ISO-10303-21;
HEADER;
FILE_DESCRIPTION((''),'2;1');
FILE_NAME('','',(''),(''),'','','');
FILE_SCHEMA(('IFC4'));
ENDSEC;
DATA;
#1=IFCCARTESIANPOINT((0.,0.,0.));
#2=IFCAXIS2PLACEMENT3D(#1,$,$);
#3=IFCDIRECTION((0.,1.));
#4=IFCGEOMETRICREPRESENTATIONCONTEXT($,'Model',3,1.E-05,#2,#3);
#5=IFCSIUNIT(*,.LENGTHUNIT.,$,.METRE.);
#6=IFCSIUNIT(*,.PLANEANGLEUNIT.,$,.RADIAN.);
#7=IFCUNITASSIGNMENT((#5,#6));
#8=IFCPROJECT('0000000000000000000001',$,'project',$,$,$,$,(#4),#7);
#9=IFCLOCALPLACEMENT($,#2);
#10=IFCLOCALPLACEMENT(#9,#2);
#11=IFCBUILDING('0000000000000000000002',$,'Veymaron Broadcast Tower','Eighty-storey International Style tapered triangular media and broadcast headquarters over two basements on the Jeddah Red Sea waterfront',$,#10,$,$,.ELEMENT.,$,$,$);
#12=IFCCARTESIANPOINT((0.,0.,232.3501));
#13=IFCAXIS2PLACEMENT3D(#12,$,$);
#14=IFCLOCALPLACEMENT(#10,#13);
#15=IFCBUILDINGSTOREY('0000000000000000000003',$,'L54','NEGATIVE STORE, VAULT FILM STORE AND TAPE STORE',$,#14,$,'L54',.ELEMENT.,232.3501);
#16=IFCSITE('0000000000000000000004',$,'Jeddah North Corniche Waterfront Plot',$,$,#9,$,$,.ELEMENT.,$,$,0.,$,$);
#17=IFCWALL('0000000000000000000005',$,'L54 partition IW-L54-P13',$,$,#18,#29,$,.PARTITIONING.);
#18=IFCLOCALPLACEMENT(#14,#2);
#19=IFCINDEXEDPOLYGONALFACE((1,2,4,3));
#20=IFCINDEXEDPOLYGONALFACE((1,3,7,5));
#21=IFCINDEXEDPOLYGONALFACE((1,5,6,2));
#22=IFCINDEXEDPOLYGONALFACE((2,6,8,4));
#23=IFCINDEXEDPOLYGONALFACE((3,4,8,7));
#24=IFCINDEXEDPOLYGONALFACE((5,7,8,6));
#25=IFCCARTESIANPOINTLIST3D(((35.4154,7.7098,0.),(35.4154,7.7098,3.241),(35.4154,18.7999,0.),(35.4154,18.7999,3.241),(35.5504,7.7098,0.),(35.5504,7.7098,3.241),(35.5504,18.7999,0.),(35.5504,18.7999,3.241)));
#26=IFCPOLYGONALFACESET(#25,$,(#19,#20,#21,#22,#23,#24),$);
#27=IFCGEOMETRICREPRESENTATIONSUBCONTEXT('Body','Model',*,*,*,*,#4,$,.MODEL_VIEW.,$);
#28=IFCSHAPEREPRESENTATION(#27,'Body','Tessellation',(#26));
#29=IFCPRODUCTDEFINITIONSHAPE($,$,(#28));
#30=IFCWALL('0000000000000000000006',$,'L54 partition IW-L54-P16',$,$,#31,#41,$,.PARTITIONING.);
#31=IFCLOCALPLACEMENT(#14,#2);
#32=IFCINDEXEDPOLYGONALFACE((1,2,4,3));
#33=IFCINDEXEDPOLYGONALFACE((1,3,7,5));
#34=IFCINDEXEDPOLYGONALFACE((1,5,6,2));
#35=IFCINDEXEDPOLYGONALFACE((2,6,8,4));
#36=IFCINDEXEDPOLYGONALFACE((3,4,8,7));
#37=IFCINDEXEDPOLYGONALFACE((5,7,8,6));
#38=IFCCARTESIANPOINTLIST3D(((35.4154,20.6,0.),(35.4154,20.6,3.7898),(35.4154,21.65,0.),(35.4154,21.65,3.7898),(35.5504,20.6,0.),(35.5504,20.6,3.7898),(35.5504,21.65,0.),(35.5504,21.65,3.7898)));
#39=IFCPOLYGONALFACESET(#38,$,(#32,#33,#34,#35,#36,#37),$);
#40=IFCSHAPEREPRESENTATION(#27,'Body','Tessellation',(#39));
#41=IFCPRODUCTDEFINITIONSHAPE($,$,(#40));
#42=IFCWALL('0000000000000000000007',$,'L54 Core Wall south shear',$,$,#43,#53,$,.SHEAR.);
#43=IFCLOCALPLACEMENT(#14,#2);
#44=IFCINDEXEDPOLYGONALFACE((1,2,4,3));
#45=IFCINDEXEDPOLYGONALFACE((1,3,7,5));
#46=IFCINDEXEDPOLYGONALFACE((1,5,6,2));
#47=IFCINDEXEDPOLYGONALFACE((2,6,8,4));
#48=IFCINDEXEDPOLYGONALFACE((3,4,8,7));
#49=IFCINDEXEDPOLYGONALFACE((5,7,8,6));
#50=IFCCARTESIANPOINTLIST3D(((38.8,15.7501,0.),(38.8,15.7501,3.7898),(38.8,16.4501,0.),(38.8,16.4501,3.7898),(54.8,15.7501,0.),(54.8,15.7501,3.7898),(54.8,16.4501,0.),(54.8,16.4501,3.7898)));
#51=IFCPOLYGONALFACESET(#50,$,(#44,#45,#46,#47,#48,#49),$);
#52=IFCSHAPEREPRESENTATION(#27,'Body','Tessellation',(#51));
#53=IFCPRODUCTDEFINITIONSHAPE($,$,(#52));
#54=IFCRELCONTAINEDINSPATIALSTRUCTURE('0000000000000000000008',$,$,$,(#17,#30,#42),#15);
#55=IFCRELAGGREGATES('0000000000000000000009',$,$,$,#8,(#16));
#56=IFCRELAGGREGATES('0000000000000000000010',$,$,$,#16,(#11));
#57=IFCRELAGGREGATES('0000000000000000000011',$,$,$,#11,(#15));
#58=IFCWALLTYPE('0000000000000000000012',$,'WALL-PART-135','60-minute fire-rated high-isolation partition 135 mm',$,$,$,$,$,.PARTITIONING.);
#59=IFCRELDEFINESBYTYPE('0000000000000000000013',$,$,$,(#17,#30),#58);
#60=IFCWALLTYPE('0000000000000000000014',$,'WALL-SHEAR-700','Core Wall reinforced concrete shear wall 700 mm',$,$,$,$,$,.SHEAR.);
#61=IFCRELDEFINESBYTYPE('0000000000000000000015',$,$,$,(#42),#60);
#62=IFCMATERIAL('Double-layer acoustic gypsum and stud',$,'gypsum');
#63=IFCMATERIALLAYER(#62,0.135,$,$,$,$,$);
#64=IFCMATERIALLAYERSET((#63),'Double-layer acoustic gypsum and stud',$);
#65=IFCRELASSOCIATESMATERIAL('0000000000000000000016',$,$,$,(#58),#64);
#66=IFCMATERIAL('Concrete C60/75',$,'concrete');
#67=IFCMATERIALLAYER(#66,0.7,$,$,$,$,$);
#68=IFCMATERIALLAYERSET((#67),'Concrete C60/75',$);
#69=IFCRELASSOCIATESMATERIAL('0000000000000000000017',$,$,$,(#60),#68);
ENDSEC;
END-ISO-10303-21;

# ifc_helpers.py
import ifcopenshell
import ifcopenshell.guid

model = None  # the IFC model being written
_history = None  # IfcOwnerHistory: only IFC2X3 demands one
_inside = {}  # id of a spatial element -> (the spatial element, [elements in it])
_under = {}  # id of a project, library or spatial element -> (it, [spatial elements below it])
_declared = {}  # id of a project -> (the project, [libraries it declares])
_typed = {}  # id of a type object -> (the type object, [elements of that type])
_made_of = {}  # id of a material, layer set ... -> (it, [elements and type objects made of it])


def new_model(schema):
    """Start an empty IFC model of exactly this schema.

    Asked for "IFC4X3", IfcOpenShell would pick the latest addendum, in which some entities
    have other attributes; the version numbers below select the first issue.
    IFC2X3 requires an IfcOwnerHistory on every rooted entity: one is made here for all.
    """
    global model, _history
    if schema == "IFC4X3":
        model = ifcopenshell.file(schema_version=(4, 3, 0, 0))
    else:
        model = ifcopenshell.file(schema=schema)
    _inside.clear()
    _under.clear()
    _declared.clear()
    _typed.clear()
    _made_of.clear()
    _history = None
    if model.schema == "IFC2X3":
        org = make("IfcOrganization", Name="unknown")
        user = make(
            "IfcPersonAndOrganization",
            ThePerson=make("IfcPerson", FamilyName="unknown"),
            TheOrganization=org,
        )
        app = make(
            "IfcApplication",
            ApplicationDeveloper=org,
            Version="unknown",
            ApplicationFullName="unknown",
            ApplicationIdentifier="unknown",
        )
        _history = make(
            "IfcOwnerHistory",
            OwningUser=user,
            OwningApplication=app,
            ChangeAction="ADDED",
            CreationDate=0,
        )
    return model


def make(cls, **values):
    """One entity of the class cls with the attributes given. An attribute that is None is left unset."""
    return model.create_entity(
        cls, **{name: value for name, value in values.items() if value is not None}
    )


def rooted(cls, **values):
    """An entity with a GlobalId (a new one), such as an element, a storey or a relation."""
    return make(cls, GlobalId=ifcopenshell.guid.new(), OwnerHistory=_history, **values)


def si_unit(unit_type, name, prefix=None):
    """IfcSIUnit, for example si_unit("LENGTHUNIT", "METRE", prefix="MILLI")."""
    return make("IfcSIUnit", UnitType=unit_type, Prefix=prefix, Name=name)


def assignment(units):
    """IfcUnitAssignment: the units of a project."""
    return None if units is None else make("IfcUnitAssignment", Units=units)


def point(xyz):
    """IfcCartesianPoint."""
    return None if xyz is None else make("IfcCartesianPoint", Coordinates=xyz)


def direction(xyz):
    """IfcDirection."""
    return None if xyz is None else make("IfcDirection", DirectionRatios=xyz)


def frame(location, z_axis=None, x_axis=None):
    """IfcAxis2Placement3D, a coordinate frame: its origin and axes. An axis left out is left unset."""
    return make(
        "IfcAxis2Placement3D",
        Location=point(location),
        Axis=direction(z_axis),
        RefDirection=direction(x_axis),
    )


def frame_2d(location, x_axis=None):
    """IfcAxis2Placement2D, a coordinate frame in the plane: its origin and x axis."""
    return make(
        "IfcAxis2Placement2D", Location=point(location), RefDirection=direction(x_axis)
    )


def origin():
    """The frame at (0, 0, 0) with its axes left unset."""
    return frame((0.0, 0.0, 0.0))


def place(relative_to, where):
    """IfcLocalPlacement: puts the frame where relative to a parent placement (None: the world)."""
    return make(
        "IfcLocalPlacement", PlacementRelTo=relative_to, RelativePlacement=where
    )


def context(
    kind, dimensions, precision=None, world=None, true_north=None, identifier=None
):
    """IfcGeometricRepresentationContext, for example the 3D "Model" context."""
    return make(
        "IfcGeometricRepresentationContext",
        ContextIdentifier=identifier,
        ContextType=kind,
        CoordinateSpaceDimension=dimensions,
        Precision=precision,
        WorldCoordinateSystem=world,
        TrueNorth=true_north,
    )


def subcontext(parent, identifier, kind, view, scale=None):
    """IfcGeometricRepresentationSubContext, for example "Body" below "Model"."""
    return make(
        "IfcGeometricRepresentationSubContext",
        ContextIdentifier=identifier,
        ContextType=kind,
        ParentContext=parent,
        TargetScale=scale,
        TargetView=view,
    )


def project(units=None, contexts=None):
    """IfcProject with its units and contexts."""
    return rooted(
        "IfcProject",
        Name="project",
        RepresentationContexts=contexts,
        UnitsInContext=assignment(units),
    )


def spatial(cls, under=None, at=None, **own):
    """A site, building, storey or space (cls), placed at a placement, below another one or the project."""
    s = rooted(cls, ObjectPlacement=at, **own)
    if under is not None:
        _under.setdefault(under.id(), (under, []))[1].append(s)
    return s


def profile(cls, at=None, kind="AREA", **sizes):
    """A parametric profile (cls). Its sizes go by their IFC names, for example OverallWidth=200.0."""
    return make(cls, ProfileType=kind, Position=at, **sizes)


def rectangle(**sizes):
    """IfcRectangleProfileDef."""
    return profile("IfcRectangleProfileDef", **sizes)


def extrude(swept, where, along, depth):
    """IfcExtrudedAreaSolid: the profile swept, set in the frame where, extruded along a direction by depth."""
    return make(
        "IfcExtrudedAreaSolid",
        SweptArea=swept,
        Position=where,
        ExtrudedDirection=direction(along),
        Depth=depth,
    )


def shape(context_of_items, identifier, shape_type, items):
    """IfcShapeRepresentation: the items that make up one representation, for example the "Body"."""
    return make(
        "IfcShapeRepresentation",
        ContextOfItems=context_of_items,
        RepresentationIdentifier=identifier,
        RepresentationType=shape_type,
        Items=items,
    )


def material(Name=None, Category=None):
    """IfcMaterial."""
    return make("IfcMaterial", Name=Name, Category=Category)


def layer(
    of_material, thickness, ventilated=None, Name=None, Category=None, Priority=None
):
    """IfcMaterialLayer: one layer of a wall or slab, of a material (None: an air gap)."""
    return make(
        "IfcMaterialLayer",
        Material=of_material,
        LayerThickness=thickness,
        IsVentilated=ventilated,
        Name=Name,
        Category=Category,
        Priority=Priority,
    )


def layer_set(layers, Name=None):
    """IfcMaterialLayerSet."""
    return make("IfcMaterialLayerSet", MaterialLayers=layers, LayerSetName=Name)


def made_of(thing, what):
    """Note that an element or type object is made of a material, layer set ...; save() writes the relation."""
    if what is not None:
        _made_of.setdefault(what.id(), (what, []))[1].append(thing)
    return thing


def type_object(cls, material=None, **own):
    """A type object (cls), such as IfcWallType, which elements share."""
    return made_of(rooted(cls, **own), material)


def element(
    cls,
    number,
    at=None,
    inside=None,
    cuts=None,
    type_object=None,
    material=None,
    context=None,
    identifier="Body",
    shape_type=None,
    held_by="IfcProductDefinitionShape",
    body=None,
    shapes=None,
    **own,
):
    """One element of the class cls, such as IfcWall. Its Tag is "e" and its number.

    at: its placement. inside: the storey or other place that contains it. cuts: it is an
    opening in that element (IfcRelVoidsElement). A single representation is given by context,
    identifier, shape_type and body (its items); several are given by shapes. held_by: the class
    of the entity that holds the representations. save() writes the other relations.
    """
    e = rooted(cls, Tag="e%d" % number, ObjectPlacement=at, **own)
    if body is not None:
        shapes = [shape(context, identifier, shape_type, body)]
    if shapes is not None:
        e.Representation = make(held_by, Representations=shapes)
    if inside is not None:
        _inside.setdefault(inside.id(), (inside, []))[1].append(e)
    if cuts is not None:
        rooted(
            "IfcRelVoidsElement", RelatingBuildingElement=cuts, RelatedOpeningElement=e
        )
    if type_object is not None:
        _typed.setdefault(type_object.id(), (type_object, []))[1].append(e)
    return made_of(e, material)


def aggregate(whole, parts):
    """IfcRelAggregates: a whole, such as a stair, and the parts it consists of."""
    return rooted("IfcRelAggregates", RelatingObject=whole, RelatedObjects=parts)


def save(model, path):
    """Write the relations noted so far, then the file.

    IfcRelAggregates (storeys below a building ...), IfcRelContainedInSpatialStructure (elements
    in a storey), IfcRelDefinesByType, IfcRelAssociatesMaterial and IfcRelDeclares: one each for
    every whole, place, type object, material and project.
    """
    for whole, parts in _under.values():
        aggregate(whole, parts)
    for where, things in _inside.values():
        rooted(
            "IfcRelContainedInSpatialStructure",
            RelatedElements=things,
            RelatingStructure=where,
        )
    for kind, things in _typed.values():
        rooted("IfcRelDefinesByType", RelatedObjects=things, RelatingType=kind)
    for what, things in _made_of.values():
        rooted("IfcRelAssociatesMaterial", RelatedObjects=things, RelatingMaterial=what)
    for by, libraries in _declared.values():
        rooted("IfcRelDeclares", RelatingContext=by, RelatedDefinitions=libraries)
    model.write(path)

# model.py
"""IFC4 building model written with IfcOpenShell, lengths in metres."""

from ifc_helpers import new_model, si_unit, direction, frame, frame_2d, origin, place, context, subcontext, project, spatial, rectangle, extrude, material, layer, layer_set, type_object, element, save


model = new_model("IFC4")

# Units and contexts
model_context = context("Model", 3, precision=1e-05, world=origin(), true_north=direction((0.0, 1.0)))
body_context = subcontext(model_context, "Body", "Model", "MODEL_VIEW")
ifc_project = project(units=[si_unit("LENGTHUNIT", "METRE"), si_unit("PLANEANGLEUNIT", "RADIAN")], contexts=[model_context])

# Site, building, storey
site_placement = place(None, origin())
site = spatial("IfcSite", under=ifc_project, at=site_placement, Name="Jeddah North Corniche Waterfront Plot", CompositionType="ELEMENT", RefElevation=0.0)
building_placement = place(site_placement, origin())
building = spatial("IfcBuilding", under=site, at=building_placement, Name="Veymaron Broadcast Tower", Description="Eighty-storey International Style tapered triangular media and broadcast headquarters over two basements on the Jeddah Red Sea waterfront", CompositionType="ELEMENT")
storey_placement = place(building_placement, frame((0.0, 0.0, 232.3501)))
storey = spatial("IfcBuildingStorey", under=building, at=storey_placement, Name="L54", Description="NEGATIVE STORE, VAULT FILM STORE AND TAPE STORE", LongName="L54", CompositionType="ELEMENT", Elevation=232.3501)

# Walls
ifc_material_1 = material(Name="Double-layer acoustic gypsum and stud", Category="gypsum")
ifc_layer_1 = layer(ifc_material_1, 0.135)
ifc_layer_set_1 = layer_set([ifc_layer_1], Name="Double-layer acoustic gypsum and stud")
wall_type_1 = type_object("IfcWallType", Name="WALL-PART-135", Description="60-minute fire-rated high-isolation partition 135 mm", PredefinedType="PARTITIONING", material=ifc_layer_set_1)
wall_1_placement = place(storey_placement, frame((35.4829, 7.71, 0.0), z_axis=(0.0, 0.0, 1.0), x_axis=(0.0, 1.0, 0.0)))
element("IfcWall", 1, at=wall_1_placement, inside=storey, type_object=wall_type_1, Name="L54 partition IW-L54-P13", PredefinedType="PARTITIONING", context=body_context, shape_type="SweptSolid", body=[
    extrude(rectangle(XDim=11.0901, YDim=0.135, at=frame_2d((5.5449, 0.0))), origin(), (0.0, 0.0, 1.0), 3.241),
])
wall_2_placement = place(storey_placement, frame((35.4829, 20.6001, 0.0), z_axis=(0.0, 0.0, 1.0), x_axis=(0.0, 1.0, 0.0)))
element("IfcWall", 2, at=wall_2_placement, inside=storey, type_object=wall_type_1, Name="L54 partition IW-L54-P16", PredefinedType="PARTITIONING", context=body_context, shape_type="SweptSolid", body=[
    extrude(rectangle(XDim=1.05, YDim=0.135, at=frame_2d((0.5249, 0.0))), origin(), (0.0, 0.0, 1.0), 3.7898),
])
ifc_material_2 = material(Name="Concrete C60/75", Category="concrete")
ifc_layer_2 = layer(ifc_material_2, 0.7)
ifc_layer_set_2 = layer_set([ifc_layer_2], Name="Concrete C60/75")
wall_type_2 = type_object("IfcWallType", Name="WALL-SHEAR-700", Description="Core Wall reinforced concrete shear wall 700 mm", PredefinedType="SHEAR", material=ifc_layer_set_2)
wall_3_placement = place(storey_placement, frame((38.8, 16.1001, 0.0), z_axis=(0.0, 0.0, 1.0), x_axis=(1.0, 0.0, 0.0)))
element("IfcWall", 3, at=wall_3_placement, inside=storey, type_object=wall_type_2, Name="L54 Core Wall south shear", PredefinedType="SHEAR", context=body_context, shape_type="SweptSolid", body=[
    extrude(rectangle(XDim=16.0, YDim=0.7, at=frame_2d((8.0, 0.0))), origin(), (0.0, 0.0, 1.0), 3.7898),
])

save(model, "model.ifc")
